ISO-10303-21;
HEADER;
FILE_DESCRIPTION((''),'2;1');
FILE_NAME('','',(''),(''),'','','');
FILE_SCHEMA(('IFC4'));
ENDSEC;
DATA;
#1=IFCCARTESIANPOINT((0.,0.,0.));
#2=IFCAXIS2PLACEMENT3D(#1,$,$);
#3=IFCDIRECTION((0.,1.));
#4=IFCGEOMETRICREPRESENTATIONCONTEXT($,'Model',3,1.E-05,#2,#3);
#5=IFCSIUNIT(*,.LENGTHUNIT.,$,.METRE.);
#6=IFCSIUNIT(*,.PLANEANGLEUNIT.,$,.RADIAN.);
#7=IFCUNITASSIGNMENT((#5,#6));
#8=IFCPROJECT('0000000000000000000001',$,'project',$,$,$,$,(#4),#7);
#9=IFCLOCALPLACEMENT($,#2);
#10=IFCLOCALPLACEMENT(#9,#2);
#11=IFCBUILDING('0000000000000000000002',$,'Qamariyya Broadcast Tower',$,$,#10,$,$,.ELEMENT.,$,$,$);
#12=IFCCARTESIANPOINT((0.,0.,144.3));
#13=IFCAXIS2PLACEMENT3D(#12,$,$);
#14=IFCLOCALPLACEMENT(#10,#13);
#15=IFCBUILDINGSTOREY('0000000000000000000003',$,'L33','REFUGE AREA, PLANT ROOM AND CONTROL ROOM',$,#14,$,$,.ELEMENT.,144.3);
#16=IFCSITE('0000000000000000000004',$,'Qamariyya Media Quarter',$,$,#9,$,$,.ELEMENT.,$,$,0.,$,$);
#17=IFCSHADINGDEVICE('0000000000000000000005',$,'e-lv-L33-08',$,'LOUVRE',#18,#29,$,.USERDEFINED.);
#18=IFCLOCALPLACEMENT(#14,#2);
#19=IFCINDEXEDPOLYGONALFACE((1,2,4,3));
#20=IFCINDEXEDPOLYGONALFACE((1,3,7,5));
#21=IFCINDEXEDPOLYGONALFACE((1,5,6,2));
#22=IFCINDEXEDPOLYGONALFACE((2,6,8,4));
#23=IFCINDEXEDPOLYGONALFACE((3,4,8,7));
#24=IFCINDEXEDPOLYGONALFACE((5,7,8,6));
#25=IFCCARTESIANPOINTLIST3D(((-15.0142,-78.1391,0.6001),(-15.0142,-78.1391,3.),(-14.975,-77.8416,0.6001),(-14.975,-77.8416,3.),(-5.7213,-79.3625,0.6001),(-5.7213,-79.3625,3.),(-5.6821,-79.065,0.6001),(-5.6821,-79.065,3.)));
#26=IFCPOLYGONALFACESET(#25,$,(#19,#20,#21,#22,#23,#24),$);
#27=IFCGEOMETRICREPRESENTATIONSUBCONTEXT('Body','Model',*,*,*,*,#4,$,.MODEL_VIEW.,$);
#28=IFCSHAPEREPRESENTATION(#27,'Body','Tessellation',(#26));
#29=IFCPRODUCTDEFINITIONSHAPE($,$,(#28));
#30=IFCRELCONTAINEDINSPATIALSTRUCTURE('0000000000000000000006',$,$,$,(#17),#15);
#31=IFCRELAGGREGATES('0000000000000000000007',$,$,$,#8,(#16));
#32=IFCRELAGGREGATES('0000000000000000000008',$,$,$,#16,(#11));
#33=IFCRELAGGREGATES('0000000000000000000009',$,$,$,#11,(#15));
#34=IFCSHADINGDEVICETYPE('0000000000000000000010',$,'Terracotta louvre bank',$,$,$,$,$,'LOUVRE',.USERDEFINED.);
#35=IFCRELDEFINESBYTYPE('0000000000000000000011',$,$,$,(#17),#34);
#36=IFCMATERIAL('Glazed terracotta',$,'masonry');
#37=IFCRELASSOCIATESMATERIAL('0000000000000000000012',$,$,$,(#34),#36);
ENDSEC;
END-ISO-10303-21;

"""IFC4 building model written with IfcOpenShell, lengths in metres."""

from ifc_helpers import new_model, si_unit, direction, frame, origin, origin_2d, place, context, subcontext, project, spatial, rectangle, extrude, material, type_object, element, save


model = new_model("IFC4")

# Units and contexts
model_context = context("Model", 3, precision=1e-05, world=origin(), true_north=direction((0.0, 1.0)))
body_context = subcontext(model_context, "Body", "Model", "MODEL_VIEW")
ifc_project = project(units=[si_unit("LENGTHUNIT", "METRE"), si_unit("PLANEANGLEUNIT", "RADIAN")], contexts=[model_context])

# Site, building, storey
site_placement = place(None, origin())
site = spatial("IfcSite", under=ifc_project, at=site_placement, Name="Qamariyya Media Quarter", CompositionType="ELEMENT", RefElevation=0.0)
building_placement = place(site_placement, origin())
building = spatial("IfcBuilding", under=site, at=building_placement, Name="Qamariyya Broadcast Tower", CompositionType="ELEMENT")
storey_placement = place(building_placement, frame((0.0, 0.0, 144.3)))
storey = spatial("IfcBuildingStorey", under=building, at=storey_placement, Name="L33", Description="REFUGE AREA, PLANT ROOM AND CONTROL ROOM", CompositionType="ELEMENT", Elevation=144.3)

# Shading device
ifc_material_1 = material(Name="Glazed terracotta", Category="masonry")
shading_device_type = type_object("IfcShadingDeviceType", Name="Terracotta louvre bank", ElementType="LOUVRE", PredefinedType="USERDEFINED", material=ifc_material_1)
for number, where, z_axis, x_axis, name in (
    (1, (-10.3481, -78.6021, 0.6001), (0.0, 0.0, 1.0), (0.991445, -0.130526, 0.0), "e-lv-L33-08"),
):
    element("IfcShadingDevice", number, at=place(storey_placement, frame(where, z_axis=z_axis, x_axis=x_axis)), inside=storey, type_object=shading_device_type, Name=name, ObjectType="LOUVRE", PredefinedType="USERDEFINED", context=body_context, shape_type="SweptSolid", body=[
        extrude(rectangle(XDim=9.373, YDim=0.3, at=origin_2d()), origin(), (0.0, 0.0, 1.0), 2.3999),
    ])

save(model, "model.ifc")
